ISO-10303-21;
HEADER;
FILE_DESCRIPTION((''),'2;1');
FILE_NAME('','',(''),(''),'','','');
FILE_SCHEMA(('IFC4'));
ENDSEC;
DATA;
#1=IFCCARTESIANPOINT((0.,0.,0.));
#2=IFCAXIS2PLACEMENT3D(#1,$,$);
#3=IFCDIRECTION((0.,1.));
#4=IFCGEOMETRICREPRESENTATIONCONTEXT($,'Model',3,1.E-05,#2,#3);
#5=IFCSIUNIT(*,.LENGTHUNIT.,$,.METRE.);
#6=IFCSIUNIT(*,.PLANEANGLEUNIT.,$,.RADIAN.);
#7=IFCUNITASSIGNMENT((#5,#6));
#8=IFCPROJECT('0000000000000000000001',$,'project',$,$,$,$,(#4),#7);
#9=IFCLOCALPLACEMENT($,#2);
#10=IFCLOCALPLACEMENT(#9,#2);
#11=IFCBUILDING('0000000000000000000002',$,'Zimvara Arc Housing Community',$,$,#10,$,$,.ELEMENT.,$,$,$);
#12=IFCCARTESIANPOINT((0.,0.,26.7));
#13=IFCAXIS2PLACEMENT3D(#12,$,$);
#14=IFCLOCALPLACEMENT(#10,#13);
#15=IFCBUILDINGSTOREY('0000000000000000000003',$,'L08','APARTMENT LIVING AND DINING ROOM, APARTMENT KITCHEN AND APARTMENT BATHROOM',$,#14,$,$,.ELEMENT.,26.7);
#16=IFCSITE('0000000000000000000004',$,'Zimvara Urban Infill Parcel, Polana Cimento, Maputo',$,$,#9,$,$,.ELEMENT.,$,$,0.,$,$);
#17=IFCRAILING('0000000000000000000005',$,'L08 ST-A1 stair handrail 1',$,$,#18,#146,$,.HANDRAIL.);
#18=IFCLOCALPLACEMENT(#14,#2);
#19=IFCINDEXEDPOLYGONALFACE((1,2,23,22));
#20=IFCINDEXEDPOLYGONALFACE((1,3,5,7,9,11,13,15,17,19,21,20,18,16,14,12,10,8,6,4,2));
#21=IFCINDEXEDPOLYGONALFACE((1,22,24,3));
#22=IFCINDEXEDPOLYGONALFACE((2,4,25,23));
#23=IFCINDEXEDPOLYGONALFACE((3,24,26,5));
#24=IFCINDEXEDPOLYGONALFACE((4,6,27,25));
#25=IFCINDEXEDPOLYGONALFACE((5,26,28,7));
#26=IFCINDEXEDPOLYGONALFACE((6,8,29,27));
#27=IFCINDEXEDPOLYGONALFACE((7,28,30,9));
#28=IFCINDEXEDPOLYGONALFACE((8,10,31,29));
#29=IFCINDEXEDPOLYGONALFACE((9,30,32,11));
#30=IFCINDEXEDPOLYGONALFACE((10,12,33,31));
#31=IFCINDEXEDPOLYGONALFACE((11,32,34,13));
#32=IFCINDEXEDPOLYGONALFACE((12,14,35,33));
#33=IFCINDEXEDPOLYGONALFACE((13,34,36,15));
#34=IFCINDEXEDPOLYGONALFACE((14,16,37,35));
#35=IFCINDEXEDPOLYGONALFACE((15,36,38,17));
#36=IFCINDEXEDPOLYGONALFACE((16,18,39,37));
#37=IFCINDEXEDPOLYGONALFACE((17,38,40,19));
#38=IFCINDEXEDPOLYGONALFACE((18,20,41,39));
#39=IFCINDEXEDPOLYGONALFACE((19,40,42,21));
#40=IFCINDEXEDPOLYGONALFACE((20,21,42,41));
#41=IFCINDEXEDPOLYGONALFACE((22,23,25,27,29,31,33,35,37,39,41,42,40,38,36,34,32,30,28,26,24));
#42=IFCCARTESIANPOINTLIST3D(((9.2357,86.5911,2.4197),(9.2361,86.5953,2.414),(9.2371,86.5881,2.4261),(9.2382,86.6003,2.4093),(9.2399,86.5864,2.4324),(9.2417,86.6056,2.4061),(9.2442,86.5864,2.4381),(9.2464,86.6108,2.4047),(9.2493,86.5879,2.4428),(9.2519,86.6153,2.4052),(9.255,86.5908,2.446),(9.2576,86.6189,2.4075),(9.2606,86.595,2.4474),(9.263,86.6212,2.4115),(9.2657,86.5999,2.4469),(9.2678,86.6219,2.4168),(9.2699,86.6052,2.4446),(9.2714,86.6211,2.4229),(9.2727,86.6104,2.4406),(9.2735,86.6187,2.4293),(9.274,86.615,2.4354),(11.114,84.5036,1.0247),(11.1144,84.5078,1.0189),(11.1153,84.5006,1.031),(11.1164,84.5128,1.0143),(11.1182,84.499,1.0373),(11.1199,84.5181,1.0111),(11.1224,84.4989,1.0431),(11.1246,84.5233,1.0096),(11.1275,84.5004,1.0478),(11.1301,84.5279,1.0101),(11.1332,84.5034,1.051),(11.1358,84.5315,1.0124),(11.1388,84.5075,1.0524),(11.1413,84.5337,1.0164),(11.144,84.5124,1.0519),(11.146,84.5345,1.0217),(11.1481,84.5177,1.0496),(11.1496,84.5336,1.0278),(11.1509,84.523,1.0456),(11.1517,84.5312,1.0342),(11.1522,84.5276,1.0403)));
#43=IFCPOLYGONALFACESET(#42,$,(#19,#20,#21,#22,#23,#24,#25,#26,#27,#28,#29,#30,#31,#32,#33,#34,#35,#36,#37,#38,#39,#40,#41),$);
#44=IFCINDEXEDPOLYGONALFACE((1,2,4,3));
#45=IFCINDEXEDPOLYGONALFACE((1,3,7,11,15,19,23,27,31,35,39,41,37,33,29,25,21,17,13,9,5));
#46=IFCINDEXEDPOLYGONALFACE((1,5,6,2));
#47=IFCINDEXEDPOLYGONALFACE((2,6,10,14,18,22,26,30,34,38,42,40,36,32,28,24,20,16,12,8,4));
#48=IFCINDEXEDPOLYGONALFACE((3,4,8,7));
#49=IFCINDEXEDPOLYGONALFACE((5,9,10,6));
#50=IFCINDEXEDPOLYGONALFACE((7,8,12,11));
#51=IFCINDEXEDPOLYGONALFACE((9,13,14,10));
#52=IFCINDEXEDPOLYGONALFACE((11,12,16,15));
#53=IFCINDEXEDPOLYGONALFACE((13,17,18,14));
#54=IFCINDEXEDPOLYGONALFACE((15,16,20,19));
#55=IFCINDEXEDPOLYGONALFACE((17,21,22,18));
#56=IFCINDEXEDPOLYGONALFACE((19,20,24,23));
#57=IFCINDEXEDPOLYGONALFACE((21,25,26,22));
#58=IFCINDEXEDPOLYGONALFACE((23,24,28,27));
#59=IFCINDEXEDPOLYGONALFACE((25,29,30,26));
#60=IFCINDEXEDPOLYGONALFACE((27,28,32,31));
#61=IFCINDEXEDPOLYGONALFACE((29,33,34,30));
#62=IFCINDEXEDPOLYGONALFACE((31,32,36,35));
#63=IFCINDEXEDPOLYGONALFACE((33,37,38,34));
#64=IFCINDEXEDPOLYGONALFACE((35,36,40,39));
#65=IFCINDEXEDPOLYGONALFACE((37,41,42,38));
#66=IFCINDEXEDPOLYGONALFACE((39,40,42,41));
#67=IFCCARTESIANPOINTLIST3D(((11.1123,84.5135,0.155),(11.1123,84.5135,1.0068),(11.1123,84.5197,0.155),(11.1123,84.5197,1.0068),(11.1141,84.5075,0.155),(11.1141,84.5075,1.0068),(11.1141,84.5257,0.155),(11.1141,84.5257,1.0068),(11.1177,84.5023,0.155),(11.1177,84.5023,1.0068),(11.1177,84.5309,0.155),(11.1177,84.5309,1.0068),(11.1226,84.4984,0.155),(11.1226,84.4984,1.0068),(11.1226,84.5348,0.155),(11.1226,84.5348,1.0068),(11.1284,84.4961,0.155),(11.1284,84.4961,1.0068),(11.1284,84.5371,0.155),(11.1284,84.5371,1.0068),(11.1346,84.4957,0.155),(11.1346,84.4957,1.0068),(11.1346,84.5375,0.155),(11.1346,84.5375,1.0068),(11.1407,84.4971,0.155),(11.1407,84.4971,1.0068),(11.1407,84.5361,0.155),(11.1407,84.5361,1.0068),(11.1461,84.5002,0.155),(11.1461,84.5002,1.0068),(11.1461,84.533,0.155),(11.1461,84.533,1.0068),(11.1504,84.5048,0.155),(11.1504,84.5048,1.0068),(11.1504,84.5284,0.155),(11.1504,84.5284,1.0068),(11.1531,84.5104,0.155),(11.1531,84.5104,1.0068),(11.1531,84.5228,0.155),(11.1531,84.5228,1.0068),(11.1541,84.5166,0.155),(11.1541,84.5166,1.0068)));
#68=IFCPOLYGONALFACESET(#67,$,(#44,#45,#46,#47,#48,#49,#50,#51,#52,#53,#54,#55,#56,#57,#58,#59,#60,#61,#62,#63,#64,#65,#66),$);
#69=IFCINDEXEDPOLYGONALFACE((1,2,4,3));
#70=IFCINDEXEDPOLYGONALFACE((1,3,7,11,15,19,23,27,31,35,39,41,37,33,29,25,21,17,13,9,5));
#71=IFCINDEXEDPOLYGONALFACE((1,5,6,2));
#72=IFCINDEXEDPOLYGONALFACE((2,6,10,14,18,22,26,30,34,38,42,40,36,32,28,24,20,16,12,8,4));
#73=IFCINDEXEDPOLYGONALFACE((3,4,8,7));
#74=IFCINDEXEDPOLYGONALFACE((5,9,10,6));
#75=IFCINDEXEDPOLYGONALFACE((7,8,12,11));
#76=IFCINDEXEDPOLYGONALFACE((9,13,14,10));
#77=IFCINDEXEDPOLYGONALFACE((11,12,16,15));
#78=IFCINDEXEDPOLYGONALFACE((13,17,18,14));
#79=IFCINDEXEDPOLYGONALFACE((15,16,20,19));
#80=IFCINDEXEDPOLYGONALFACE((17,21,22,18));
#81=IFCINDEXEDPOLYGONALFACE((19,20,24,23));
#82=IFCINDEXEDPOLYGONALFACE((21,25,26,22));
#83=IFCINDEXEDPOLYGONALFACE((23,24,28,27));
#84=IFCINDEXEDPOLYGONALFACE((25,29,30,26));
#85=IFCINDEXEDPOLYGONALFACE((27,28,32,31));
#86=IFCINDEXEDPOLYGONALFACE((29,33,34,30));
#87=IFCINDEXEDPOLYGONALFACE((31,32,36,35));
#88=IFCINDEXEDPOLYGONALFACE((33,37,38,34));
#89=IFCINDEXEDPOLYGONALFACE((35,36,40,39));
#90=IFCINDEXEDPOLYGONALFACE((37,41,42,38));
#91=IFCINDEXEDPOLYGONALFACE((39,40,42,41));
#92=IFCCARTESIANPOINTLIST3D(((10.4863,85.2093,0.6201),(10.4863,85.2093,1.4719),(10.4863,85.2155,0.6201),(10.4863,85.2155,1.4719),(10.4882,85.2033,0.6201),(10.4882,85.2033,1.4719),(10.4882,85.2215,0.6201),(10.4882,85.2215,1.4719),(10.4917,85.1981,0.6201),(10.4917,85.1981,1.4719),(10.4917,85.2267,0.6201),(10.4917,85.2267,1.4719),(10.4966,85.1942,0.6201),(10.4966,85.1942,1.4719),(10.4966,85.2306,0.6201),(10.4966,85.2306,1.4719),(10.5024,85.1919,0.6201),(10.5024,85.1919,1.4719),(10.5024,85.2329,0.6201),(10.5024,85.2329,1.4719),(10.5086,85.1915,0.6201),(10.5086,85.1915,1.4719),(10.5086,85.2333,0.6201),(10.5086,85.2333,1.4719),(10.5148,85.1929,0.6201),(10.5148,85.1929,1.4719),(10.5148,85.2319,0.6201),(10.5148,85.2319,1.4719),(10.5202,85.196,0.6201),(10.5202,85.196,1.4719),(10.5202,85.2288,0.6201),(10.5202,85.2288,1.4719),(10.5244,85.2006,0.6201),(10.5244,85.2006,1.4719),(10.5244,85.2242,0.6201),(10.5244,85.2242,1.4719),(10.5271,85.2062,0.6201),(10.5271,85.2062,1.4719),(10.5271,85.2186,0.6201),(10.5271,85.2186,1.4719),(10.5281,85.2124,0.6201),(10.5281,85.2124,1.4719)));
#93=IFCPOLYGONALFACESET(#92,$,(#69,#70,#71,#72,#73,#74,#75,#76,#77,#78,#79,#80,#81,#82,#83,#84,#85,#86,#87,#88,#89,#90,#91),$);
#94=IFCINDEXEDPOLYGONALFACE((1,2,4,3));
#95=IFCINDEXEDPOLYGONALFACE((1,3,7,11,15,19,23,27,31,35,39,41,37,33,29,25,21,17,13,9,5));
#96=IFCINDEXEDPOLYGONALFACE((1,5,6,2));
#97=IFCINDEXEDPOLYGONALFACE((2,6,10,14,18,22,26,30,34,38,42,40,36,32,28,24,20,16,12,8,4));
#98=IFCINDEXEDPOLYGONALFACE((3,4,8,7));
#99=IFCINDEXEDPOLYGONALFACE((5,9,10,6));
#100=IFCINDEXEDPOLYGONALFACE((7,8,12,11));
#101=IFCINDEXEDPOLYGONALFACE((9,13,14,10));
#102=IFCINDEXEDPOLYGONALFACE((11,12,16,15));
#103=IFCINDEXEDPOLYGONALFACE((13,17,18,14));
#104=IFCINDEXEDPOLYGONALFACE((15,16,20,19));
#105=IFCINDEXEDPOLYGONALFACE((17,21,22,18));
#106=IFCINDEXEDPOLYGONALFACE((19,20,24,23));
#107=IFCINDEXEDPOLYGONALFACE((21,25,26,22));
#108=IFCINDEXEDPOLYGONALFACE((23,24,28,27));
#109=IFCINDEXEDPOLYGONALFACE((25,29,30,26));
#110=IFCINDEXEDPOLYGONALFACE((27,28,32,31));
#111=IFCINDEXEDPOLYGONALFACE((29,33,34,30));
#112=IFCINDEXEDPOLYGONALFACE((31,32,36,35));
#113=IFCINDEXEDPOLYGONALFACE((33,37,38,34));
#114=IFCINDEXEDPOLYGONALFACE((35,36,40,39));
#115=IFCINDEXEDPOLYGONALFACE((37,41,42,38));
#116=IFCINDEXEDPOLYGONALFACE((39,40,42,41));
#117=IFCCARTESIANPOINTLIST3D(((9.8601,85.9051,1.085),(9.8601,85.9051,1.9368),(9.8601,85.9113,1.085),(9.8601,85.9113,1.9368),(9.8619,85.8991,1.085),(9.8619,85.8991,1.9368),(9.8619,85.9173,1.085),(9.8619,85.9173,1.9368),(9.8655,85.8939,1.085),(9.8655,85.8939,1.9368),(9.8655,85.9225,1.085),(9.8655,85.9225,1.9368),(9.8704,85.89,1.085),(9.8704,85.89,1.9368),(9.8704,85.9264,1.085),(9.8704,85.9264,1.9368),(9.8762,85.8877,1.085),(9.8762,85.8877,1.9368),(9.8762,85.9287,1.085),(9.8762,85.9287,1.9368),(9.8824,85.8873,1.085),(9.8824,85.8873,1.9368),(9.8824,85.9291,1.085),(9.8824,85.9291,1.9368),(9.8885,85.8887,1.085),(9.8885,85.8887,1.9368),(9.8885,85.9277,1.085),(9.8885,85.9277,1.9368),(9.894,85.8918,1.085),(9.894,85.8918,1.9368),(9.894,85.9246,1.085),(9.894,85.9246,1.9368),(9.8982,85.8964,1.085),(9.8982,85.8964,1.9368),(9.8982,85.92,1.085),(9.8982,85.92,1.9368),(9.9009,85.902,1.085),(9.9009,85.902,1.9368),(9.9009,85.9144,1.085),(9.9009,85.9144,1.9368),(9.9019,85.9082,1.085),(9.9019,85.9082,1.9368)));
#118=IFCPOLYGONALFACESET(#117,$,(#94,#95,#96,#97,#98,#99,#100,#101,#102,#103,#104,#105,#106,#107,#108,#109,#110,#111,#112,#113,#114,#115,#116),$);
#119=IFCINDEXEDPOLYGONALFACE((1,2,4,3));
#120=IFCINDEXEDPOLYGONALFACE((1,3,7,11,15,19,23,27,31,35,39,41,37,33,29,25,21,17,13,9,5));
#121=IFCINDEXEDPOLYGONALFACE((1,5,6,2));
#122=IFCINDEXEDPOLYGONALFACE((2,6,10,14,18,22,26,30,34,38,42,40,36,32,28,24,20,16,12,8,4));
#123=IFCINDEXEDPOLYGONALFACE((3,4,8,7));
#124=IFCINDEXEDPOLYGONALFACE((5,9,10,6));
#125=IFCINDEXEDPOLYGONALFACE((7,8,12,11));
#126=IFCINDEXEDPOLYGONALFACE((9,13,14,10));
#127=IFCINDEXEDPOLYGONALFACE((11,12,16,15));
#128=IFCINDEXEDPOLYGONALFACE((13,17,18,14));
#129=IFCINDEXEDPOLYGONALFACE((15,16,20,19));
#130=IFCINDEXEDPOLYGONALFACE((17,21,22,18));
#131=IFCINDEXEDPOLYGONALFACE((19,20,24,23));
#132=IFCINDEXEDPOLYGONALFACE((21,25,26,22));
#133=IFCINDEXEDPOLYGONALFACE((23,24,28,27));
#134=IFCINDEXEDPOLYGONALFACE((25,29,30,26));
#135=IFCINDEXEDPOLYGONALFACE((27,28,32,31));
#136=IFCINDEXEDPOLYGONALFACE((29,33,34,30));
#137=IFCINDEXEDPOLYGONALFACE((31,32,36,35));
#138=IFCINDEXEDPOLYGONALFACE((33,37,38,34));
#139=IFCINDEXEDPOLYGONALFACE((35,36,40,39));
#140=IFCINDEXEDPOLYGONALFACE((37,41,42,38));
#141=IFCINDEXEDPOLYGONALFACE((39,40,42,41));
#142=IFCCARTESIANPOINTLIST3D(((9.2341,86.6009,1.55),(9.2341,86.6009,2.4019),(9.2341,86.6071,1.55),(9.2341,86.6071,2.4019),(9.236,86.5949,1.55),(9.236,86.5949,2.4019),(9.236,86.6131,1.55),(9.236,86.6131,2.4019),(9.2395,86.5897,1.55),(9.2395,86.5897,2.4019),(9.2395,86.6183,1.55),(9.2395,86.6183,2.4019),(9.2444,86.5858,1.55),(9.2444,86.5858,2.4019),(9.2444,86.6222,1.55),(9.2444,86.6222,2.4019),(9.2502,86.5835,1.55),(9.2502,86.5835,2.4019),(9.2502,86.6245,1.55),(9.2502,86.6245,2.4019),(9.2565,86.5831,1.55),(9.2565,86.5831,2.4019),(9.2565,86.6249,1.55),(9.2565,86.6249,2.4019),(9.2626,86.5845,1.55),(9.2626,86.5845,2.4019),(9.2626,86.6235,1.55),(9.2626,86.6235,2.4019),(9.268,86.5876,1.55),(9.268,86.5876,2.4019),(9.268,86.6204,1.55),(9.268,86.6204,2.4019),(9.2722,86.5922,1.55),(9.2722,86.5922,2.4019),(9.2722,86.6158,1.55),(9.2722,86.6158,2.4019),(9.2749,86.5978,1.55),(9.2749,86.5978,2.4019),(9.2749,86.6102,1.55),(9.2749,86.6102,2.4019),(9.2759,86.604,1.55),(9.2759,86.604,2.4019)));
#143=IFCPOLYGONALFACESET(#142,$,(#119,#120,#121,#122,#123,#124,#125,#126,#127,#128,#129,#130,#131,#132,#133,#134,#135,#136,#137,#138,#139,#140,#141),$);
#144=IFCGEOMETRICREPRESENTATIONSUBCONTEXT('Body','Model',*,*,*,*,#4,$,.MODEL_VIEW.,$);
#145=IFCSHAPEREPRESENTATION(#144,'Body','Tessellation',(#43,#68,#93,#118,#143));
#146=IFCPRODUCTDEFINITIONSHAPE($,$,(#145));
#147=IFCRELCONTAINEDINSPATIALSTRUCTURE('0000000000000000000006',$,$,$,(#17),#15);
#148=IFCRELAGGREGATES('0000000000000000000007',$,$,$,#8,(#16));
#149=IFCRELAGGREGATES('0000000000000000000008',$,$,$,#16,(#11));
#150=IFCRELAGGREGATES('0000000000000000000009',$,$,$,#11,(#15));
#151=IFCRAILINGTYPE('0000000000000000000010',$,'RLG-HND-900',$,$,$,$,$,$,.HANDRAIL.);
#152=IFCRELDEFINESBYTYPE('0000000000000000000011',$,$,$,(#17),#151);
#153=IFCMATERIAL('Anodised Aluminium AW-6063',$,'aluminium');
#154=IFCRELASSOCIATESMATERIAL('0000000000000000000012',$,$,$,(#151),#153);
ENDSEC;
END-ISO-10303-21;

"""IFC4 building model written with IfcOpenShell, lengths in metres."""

from ifc_helpers import new_model, si_unit, direction, frame, origin, origin_2d, place, context, subcontext, project, spatial, circle, extrude, material, type_object, element, save


model = new_model("IFC4")

# Units and contexts
model_context = context("Model", 3, precision=1e-05, world=origin(), true_north=direction((0.0, 1.0)))
body_context = subcontext(model_context, "Body", "Model", "MODEL_VIEW")
ifc_project = project(units=[si_unit("LENGTHUNIT", "METRE"), si_unit("PLANEANGLEUNIT", "RADIAN")], contexts=[model_context])

# Site, building, storey
site_placement = place(None, origin())
site = spatial("IfcSite", under=ifc_project, at=site_placement, Name="Zimvara Urban Infill Parcel, Polana Cimento, Maputo", CompositionType="ELEMENT", RefElevation=0.0)
building_placement = place(site_placement, origin())
building = spatial("IfcBuilding", under=site, at=building_placement, Name="Zimvara Arc Housing Community", CompositionType="ELEMENT")
storey_placement = place(building_placement, frame((0.0, 0.0, 26.7)))
storey = spatial("IfcBuildingStorey", under=building, at=storey_placement, Name="L08", Description="APARTMENT LIVING AND DINING ROOM, APARTMENT KITCHEN AND APARTMENT BATHROOM", CompositionType="ELEMENT", Elevation=26.7)

# Railing
ifc_material_1 = material(Name="Anodised Aluminium AW-6063", Category="aluminium")
railing_type_1 = type_object("IfcRailingType", Name="RLG-HND-900", PredefinedType="HANDRAIL", material=ifc_material_1)
railing_1_placement = place(storey_placement, frame((11.1331, 84.5166, 0.155)))
element("IfcRailing", 1, at=railing_1_placement, inside=storey, type_object=railing_type_1, Name="L08 ST-A1 stair handrail 1", PredefinedType="HANDRAIL", context=body_context, shape_type="SweptSolid", body=[
    extrude(circle(Radius=0.0239, at=origin_2d()), frame((0.0, 0.0, 0.876), z_axis=(-0.599018, 0.665749, 0.444923), x_axis=(-0.743381, -0.668869, 0.0)), (0.0, 0.0, 1.0), 3.1355),
    extrude(circle(Radius=0.021, at=origin_2d()), origin(), (0.0, 0.0, 1.0), 0.8518),
    extrude(circle(Radius=0.021, at=origin_2d()), frame((-0.626, 0.6958, 0.4651)), (0.0, 0.0, 1.0), 0.8518),
    extrude(circle(Radius=0.021, at=origin_2d()), frame((-1.2522, 1.3916, 0.9299)), (0.0, 0.0, 1.0), 0.8518),
    extrude(circle(Radius=0.021, at=origin_2d()), frame((-1.8782, 2.0874, 1.395)), (0.0, 0.0, 1.0), 0.8518),
])

save(model, "model.ifc")
